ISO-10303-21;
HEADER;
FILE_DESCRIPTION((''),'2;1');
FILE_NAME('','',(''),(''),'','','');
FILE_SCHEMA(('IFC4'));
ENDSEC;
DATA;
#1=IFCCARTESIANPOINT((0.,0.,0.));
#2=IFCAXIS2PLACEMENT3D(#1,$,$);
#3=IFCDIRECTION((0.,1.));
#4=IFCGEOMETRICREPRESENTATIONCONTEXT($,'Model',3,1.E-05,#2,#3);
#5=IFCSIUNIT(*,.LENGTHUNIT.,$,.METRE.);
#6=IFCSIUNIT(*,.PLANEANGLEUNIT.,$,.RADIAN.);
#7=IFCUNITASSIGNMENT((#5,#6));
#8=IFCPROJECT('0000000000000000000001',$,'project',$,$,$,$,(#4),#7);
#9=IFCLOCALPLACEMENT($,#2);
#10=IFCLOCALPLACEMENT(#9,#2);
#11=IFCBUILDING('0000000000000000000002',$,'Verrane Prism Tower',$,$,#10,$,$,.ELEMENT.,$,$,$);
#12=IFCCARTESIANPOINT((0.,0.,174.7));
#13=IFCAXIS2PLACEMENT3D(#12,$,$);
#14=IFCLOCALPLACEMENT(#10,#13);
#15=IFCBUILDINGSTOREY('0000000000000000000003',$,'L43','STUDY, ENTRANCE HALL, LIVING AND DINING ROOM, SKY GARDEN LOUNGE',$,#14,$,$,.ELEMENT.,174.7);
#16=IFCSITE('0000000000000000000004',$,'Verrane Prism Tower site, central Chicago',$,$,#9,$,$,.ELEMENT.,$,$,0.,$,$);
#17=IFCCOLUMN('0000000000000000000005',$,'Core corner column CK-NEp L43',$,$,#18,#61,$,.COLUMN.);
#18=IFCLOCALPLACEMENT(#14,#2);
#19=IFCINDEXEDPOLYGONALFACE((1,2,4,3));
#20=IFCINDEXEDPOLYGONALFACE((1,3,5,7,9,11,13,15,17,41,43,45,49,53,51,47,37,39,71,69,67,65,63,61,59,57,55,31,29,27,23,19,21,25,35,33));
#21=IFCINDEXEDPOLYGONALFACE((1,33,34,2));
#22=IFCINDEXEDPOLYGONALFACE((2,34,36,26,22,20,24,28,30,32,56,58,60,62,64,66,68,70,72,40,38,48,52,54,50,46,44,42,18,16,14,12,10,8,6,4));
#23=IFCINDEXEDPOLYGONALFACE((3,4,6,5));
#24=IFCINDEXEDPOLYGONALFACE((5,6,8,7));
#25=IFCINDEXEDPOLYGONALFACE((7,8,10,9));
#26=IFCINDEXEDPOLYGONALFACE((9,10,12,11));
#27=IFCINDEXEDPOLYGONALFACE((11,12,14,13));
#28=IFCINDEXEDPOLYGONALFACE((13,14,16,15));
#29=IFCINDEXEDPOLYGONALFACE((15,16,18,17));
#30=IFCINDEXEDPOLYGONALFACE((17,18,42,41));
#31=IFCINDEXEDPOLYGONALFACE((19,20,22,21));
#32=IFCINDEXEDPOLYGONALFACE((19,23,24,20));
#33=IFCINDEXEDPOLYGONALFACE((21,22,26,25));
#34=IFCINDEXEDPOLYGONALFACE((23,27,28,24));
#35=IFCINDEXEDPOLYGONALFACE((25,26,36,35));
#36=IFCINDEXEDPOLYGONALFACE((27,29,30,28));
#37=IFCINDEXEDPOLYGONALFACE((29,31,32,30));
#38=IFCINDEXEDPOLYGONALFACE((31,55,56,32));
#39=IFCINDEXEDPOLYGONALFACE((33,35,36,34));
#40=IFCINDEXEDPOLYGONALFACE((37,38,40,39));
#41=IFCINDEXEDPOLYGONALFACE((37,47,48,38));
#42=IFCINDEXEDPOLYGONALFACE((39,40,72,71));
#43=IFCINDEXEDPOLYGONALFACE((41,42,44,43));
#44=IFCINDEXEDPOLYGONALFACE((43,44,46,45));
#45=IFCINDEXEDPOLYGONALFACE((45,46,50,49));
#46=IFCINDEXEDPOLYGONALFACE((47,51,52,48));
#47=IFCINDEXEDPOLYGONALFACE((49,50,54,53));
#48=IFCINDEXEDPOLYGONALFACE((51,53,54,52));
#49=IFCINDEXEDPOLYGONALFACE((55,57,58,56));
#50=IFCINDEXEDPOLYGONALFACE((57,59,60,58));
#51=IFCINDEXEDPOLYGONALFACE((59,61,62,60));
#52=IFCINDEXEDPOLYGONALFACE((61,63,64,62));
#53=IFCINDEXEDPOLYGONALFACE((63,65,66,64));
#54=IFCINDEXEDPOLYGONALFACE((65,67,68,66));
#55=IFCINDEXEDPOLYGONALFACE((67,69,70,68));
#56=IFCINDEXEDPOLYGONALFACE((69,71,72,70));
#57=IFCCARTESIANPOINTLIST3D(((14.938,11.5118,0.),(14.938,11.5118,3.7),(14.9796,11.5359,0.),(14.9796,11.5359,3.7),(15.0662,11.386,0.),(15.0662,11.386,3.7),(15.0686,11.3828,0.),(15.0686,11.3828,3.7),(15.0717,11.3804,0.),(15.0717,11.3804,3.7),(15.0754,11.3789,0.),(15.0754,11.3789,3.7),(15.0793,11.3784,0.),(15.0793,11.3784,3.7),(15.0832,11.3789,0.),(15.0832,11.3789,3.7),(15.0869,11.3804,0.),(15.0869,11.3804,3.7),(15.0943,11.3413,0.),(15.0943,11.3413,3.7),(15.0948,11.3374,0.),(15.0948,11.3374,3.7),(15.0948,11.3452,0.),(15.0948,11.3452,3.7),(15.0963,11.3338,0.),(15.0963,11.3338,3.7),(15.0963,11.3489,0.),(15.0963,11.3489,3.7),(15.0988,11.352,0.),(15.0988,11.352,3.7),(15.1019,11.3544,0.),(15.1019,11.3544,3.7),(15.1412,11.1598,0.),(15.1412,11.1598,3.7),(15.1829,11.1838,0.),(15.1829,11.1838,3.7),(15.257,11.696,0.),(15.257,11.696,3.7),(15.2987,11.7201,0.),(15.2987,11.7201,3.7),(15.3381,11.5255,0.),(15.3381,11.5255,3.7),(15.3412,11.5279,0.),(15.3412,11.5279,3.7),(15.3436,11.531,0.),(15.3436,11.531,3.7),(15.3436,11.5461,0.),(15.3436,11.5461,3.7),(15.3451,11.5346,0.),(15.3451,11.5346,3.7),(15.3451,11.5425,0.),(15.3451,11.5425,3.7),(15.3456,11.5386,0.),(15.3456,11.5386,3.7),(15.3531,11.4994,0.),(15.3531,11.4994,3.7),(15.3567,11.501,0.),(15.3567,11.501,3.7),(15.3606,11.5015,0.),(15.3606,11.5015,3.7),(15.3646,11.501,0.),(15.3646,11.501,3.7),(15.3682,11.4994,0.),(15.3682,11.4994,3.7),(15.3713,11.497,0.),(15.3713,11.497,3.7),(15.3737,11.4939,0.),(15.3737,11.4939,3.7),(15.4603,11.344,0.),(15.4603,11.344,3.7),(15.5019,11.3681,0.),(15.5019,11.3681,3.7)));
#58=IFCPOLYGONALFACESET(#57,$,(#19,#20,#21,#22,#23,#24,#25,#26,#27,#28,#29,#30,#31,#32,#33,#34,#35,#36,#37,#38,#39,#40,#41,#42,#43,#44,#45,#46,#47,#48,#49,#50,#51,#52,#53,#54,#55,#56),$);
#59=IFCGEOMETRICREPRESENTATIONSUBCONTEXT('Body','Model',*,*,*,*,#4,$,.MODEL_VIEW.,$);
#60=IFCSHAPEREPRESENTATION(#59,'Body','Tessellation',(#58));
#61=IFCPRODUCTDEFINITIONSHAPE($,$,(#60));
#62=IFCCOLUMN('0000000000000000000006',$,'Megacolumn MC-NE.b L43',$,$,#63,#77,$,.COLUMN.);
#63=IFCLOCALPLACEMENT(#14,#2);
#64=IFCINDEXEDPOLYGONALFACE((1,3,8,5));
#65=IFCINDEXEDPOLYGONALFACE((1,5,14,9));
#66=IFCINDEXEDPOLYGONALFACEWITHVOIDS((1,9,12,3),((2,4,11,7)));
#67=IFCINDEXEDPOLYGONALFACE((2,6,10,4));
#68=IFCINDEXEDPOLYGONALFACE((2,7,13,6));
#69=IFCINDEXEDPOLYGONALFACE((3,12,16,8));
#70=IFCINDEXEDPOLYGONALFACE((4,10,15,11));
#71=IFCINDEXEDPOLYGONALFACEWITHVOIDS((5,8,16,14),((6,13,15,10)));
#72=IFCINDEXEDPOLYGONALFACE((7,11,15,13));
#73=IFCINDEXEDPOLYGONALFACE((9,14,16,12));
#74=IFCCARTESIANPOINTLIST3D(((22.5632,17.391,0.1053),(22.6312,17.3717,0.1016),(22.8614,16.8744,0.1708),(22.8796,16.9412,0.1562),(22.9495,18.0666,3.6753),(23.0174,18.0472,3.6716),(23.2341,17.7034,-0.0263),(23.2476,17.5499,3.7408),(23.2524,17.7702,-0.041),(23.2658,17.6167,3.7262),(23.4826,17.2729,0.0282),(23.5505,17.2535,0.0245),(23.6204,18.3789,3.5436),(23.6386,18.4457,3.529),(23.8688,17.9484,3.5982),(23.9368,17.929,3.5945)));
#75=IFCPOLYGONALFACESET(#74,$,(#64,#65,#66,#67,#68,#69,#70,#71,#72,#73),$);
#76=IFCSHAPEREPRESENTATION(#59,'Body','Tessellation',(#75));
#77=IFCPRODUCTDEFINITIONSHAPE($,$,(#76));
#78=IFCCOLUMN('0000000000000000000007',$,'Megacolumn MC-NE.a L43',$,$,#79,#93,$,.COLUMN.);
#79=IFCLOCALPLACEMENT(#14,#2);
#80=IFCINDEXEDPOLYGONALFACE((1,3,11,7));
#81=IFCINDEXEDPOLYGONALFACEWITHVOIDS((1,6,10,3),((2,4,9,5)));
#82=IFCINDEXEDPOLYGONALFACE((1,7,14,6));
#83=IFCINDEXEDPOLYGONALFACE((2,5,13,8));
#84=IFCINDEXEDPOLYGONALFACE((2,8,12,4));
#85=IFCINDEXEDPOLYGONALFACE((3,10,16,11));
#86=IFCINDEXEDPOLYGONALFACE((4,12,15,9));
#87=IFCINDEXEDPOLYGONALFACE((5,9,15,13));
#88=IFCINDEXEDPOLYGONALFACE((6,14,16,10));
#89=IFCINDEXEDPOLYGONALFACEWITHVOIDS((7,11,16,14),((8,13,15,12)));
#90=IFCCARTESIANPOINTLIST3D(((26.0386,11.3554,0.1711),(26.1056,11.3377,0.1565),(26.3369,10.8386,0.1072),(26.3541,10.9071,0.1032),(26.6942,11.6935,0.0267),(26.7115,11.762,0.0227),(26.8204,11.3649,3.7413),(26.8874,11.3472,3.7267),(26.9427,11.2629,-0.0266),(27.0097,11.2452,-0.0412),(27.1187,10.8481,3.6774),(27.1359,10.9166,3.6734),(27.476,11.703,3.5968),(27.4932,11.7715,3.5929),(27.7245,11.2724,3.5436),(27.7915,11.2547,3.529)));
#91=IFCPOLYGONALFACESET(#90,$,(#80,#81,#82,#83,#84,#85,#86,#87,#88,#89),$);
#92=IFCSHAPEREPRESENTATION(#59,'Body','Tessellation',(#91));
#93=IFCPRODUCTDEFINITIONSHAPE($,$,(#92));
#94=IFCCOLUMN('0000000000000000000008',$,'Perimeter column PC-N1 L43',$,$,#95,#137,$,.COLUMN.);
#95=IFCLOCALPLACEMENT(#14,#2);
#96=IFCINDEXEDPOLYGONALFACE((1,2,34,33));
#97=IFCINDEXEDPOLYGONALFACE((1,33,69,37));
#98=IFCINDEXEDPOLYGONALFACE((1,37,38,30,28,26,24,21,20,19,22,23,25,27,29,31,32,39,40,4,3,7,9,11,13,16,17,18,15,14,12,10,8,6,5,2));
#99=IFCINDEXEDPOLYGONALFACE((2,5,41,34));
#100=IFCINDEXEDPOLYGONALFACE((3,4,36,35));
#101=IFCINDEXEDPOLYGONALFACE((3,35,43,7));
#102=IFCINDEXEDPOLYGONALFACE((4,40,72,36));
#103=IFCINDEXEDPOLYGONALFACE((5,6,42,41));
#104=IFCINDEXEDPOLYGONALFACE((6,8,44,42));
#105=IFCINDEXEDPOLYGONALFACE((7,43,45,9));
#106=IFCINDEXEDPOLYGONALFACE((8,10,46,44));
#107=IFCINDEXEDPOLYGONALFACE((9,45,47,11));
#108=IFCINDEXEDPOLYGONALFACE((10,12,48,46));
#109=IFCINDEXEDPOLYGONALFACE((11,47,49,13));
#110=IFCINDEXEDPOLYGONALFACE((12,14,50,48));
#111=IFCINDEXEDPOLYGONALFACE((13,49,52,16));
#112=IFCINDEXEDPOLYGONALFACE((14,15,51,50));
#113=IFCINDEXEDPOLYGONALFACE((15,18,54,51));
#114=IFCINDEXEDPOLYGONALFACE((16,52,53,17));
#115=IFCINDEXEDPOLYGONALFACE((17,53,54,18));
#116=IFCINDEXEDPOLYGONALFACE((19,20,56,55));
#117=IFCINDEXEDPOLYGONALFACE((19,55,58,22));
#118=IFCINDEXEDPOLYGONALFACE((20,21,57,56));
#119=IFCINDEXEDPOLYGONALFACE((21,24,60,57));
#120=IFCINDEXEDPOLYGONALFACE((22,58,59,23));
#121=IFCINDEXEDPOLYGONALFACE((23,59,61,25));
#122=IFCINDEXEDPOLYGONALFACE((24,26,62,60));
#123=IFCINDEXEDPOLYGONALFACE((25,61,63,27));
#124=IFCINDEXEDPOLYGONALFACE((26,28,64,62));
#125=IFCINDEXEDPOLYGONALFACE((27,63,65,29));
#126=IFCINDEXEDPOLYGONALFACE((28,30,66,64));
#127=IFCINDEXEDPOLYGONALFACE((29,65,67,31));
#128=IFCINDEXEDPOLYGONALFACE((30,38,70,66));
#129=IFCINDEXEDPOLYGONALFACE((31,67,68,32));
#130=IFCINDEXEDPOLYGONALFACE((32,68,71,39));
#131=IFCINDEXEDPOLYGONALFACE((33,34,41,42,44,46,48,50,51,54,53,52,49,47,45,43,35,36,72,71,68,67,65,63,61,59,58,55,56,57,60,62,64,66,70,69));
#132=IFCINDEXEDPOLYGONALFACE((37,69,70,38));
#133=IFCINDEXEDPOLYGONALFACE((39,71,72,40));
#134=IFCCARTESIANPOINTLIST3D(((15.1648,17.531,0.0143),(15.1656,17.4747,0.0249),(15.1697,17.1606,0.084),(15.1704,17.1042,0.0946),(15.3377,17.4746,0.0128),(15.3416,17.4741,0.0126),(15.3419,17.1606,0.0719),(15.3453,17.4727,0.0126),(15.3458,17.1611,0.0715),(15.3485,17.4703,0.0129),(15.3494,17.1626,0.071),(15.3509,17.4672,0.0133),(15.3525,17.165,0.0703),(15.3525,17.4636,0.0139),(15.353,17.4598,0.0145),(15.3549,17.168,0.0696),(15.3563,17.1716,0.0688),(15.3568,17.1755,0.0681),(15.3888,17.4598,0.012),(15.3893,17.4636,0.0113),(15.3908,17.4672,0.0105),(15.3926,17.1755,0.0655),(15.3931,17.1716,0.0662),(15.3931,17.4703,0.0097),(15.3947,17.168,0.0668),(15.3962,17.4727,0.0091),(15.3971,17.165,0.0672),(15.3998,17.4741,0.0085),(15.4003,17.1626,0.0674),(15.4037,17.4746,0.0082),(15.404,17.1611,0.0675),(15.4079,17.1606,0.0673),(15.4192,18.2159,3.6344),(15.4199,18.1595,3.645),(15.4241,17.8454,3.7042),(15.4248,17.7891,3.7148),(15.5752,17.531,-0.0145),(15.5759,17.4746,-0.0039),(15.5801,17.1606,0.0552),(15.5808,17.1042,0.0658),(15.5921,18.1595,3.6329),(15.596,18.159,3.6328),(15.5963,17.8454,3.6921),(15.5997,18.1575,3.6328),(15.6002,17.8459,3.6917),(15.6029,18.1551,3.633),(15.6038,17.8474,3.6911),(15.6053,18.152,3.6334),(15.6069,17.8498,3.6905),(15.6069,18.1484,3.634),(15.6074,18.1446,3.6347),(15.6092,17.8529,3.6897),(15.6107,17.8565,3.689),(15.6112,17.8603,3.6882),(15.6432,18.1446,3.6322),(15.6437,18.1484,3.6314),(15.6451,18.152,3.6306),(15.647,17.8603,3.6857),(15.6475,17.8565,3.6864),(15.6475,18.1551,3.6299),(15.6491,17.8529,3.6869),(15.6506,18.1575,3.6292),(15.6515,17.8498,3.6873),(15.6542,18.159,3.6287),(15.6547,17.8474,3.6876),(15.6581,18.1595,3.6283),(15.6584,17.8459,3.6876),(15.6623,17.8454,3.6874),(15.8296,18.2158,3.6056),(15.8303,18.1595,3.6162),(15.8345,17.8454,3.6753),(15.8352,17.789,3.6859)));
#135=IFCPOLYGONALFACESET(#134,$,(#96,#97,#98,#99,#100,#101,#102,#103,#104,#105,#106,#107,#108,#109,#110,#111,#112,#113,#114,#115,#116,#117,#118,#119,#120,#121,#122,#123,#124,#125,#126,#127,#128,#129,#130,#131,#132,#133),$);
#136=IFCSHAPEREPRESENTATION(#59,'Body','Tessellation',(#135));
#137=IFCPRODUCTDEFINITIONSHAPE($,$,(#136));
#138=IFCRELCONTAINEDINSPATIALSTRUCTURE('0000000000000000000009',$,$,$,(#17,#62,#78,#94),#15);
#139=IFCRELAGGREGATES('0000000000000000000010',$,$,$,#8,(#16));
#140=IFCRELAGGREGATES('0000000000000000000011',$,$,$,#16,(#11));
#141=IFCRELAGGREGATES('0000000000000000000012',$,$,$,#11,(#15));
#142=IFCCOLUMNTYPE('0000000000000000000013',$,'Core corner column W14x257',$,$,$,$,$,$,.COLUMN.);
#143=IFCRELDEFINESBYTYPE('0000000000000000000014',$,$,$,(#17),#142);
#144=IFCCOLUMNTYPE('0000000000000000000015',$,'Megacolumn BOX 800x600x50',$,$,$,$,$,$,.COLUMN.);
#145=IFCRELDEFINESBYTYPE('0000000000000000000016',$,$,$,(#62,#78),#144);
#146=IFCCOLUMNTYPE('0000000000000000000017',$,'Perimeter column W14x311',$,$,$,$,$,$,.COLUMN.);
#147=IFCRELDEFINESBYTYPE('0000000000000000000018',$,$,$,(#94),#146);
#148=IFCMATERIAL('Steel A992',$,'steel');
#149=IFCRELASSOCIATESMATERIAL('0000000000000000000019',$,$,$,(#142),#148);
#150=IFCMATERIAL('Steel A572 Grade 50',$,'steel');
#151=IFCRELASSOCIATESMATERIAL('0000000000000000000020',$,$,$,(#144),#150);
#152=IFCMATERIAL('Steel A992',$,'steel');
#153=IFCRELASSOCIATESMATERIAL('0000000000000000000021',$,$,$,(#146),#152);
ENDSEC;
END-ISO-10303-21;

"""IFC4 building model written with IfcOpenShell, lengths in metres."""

from ifc_helpers import new_model, si_unit, direction, frame, origin, origin_2d, place, context, subcontext, project, spatial, hollow_rectangle, i_section, extrude, material, material_profile, profile_set, type_object, element, save


model = new_model("IFC4")

# Units and contexts
model_context = context("Model", 3, precision=1e-05, world=origin(), true_north=direction((0.0, 1.0)))
body_context = subcontext(model_context, "Body", "Model", "MODEL_VIEW")
ifc_project = project(units=[si_unit("LENGTHUNIT", "METRE"), si_unit("PLANEANGLEUNIT", "RADIAN")], contexts=[model_context])

# Site, building, storey
site_placement = place(None, origin())
site = spatial("IfcSite", under=ifc_project, at=site_placement, Name="Verrane Prism Tower site, central Chicago", CompositionType="ELEMENT", RefElevation=0.0)
building_placement = place(site_placement, origin())
building = spatial("IfcBuilding", under=site, at=building_placement, Name="Verrane Prism Tower", CompositionType="ELEMENT")
storey_placement = place(building_placement, frame((0.0, 0.0, 174.7)))
storey = spatial("IfcBuildingStorey", under=building, at=storey_placement, Name="L43", Description="STUDY, ENTRANCE HALL, LIVING AND DINING ROOM, SKY GARDEN LOUNGE", CompositionType="ELEMENT", Elevation=174.7)

# Columns
ifc_material_1 = material(Name="Steel A992", Category="steel")
ifc_material_profile_1 = material_profile(ifc_material_1, i_section(OverallWidth=0.4065, OverallDepth=0.4165, WebThickness=0.03, FlangeThickness=0.0481, FilletRadius=0.0151, at=origin_2d()), Name="W14x257")
ifc_profile_set_1 = profile_set([ifc_material_profile_1], Name="Steel A992")
column_type_1 = type_object("IfcColumnType", Name="Core corner column W14x257", PredefinedType="COLUMN", material=ifc_profile_set_1)
column_1_placement = place(storey_placement, frame((15.22, 11.4399, 0.0), z_axis=(0.0, 0.0, 1.0), x_axis=(0.5, -0.866025, 0.0)))
element("IfcColumn", 1, at=column_1_placement, inside=storey, type_object=column_type_1, Name="Core corner column CK-NEp L43", PredefinedType="COLUMN", context=body_context, shape_type="SweptSolid", body=[
    extrude(i_section(OverallWidth=0.4065, OverallDepth=0.4165, WebThickness=0.03, FlangeThickness=0.0481, FilletRadius=0.0151, at=origin_2d()), origin(), (0.0, 0.0, 1.0), 3.7),
])
ifc_material_2 = material(Name="Steel A572 Grade 50", Category="steel")
ifc_material_profile_2 = material_profile(ifc_material_2, hollow_rectangle(XDim=0.6001, YDim=0.8, WallThickness=0.05, at=origin_2d()), Name="BOX 800x600x50")
ifc_profile_set_2 = profile_set([ifc_material_profile_2], Name="Steel A572 Grade 50")
column_type_2 = type_object("IfcColumnType", Name="Megacolumn BOX 800x600x50", PredefinedType="COLUMN", material=ifc_profile_set_2)
column_2_placement = place(storey_placement, frame((23.0569, 17.3223, 0.0649), z_axis=(0.105704, 0.184882, 0.97706), x_axis=(0.496815, -0.860963, 0.109165)))
element("IfcColumn", 2, at=column_2_placement, inside=storey, type_object=column_type_2, Name="Megacolumn MC-NE.b L43", PredefinedType="COLUMN", context=body_context, shape_type="SweptSolid", body=[
    extrude(hollow_rectangle(XDim=0.6001, YDim=0.8, WallThickness=0.05, at=origin_2d()), origin(), (0.0, 0.0, 1.0), 3.6538),
])
column_3_placement = place(storey_placement, frame((26.5242, 11.3003, 0.0649), z_axis=(0.213901, 0.002605, 0.976852), x_axis=(0.497008, -0.861181, -0.106533)))
element("IfcColumn", 3, at=column_3_placement, inside=storey, type_object=column_type_2, Name="Megacolumn MC-NE.a L43", PredefinedType="COLUMN", context=body_context, shape_type="SweptSolid", body=[
    extrude(hollow_rectangle(XDim=0.6001, YDim=0.8, WallThickness=0.05, at=origin_2d()), origin(), (0.0, 0.0, 1.0), 3.6548),
])
ifc_material_3 = material(Name="Steel A992", Category="steel")
ifc_material_profile_3 = material_profile(ifc_material_3, i_section(OverallWidth=0.4114, OverallDepth=0.4343, WebThickness=0.0359, FlangeThickness=0.0574, FilletRadius=0.0151, at=origin_2d()), Name="W14x311")
ifc_profile_set_3 = profile_set([ifc_material_profile_3], Name="Steel A992")
column_type_3 = type_object("IfcColumnType", Name="Perimeter column W14x311", PredefinedType="COLUMN", material=ifc_profile_set_3)
column_4_placement = place(storey_placement, frame((15.3728, 17.3176, 0.04), z_axis=(0.068884, 0.185431, 0.98024), x_axis=(0.997541, -0.000043, -0.070092)))
element("IfcColumn", 4, at=column_4_placement, inside=storey, type_object=column_type_3, Name="Perimeter column PC-N1 L43", PredefinedType="COLUMN", context=body_context, shape_type="SweptSolid", body=[
    extrude(i_section(OverallWidth=0.4114, OverallDepth=0.4343, WebThickness=0.0359, FlangeThickness=0.0574, FilletRadius=0.0151, at=origin_2d()), origin(), (0.0, 0.0, 1.0), 3.6931),
])

save(model, "model.ifc")
